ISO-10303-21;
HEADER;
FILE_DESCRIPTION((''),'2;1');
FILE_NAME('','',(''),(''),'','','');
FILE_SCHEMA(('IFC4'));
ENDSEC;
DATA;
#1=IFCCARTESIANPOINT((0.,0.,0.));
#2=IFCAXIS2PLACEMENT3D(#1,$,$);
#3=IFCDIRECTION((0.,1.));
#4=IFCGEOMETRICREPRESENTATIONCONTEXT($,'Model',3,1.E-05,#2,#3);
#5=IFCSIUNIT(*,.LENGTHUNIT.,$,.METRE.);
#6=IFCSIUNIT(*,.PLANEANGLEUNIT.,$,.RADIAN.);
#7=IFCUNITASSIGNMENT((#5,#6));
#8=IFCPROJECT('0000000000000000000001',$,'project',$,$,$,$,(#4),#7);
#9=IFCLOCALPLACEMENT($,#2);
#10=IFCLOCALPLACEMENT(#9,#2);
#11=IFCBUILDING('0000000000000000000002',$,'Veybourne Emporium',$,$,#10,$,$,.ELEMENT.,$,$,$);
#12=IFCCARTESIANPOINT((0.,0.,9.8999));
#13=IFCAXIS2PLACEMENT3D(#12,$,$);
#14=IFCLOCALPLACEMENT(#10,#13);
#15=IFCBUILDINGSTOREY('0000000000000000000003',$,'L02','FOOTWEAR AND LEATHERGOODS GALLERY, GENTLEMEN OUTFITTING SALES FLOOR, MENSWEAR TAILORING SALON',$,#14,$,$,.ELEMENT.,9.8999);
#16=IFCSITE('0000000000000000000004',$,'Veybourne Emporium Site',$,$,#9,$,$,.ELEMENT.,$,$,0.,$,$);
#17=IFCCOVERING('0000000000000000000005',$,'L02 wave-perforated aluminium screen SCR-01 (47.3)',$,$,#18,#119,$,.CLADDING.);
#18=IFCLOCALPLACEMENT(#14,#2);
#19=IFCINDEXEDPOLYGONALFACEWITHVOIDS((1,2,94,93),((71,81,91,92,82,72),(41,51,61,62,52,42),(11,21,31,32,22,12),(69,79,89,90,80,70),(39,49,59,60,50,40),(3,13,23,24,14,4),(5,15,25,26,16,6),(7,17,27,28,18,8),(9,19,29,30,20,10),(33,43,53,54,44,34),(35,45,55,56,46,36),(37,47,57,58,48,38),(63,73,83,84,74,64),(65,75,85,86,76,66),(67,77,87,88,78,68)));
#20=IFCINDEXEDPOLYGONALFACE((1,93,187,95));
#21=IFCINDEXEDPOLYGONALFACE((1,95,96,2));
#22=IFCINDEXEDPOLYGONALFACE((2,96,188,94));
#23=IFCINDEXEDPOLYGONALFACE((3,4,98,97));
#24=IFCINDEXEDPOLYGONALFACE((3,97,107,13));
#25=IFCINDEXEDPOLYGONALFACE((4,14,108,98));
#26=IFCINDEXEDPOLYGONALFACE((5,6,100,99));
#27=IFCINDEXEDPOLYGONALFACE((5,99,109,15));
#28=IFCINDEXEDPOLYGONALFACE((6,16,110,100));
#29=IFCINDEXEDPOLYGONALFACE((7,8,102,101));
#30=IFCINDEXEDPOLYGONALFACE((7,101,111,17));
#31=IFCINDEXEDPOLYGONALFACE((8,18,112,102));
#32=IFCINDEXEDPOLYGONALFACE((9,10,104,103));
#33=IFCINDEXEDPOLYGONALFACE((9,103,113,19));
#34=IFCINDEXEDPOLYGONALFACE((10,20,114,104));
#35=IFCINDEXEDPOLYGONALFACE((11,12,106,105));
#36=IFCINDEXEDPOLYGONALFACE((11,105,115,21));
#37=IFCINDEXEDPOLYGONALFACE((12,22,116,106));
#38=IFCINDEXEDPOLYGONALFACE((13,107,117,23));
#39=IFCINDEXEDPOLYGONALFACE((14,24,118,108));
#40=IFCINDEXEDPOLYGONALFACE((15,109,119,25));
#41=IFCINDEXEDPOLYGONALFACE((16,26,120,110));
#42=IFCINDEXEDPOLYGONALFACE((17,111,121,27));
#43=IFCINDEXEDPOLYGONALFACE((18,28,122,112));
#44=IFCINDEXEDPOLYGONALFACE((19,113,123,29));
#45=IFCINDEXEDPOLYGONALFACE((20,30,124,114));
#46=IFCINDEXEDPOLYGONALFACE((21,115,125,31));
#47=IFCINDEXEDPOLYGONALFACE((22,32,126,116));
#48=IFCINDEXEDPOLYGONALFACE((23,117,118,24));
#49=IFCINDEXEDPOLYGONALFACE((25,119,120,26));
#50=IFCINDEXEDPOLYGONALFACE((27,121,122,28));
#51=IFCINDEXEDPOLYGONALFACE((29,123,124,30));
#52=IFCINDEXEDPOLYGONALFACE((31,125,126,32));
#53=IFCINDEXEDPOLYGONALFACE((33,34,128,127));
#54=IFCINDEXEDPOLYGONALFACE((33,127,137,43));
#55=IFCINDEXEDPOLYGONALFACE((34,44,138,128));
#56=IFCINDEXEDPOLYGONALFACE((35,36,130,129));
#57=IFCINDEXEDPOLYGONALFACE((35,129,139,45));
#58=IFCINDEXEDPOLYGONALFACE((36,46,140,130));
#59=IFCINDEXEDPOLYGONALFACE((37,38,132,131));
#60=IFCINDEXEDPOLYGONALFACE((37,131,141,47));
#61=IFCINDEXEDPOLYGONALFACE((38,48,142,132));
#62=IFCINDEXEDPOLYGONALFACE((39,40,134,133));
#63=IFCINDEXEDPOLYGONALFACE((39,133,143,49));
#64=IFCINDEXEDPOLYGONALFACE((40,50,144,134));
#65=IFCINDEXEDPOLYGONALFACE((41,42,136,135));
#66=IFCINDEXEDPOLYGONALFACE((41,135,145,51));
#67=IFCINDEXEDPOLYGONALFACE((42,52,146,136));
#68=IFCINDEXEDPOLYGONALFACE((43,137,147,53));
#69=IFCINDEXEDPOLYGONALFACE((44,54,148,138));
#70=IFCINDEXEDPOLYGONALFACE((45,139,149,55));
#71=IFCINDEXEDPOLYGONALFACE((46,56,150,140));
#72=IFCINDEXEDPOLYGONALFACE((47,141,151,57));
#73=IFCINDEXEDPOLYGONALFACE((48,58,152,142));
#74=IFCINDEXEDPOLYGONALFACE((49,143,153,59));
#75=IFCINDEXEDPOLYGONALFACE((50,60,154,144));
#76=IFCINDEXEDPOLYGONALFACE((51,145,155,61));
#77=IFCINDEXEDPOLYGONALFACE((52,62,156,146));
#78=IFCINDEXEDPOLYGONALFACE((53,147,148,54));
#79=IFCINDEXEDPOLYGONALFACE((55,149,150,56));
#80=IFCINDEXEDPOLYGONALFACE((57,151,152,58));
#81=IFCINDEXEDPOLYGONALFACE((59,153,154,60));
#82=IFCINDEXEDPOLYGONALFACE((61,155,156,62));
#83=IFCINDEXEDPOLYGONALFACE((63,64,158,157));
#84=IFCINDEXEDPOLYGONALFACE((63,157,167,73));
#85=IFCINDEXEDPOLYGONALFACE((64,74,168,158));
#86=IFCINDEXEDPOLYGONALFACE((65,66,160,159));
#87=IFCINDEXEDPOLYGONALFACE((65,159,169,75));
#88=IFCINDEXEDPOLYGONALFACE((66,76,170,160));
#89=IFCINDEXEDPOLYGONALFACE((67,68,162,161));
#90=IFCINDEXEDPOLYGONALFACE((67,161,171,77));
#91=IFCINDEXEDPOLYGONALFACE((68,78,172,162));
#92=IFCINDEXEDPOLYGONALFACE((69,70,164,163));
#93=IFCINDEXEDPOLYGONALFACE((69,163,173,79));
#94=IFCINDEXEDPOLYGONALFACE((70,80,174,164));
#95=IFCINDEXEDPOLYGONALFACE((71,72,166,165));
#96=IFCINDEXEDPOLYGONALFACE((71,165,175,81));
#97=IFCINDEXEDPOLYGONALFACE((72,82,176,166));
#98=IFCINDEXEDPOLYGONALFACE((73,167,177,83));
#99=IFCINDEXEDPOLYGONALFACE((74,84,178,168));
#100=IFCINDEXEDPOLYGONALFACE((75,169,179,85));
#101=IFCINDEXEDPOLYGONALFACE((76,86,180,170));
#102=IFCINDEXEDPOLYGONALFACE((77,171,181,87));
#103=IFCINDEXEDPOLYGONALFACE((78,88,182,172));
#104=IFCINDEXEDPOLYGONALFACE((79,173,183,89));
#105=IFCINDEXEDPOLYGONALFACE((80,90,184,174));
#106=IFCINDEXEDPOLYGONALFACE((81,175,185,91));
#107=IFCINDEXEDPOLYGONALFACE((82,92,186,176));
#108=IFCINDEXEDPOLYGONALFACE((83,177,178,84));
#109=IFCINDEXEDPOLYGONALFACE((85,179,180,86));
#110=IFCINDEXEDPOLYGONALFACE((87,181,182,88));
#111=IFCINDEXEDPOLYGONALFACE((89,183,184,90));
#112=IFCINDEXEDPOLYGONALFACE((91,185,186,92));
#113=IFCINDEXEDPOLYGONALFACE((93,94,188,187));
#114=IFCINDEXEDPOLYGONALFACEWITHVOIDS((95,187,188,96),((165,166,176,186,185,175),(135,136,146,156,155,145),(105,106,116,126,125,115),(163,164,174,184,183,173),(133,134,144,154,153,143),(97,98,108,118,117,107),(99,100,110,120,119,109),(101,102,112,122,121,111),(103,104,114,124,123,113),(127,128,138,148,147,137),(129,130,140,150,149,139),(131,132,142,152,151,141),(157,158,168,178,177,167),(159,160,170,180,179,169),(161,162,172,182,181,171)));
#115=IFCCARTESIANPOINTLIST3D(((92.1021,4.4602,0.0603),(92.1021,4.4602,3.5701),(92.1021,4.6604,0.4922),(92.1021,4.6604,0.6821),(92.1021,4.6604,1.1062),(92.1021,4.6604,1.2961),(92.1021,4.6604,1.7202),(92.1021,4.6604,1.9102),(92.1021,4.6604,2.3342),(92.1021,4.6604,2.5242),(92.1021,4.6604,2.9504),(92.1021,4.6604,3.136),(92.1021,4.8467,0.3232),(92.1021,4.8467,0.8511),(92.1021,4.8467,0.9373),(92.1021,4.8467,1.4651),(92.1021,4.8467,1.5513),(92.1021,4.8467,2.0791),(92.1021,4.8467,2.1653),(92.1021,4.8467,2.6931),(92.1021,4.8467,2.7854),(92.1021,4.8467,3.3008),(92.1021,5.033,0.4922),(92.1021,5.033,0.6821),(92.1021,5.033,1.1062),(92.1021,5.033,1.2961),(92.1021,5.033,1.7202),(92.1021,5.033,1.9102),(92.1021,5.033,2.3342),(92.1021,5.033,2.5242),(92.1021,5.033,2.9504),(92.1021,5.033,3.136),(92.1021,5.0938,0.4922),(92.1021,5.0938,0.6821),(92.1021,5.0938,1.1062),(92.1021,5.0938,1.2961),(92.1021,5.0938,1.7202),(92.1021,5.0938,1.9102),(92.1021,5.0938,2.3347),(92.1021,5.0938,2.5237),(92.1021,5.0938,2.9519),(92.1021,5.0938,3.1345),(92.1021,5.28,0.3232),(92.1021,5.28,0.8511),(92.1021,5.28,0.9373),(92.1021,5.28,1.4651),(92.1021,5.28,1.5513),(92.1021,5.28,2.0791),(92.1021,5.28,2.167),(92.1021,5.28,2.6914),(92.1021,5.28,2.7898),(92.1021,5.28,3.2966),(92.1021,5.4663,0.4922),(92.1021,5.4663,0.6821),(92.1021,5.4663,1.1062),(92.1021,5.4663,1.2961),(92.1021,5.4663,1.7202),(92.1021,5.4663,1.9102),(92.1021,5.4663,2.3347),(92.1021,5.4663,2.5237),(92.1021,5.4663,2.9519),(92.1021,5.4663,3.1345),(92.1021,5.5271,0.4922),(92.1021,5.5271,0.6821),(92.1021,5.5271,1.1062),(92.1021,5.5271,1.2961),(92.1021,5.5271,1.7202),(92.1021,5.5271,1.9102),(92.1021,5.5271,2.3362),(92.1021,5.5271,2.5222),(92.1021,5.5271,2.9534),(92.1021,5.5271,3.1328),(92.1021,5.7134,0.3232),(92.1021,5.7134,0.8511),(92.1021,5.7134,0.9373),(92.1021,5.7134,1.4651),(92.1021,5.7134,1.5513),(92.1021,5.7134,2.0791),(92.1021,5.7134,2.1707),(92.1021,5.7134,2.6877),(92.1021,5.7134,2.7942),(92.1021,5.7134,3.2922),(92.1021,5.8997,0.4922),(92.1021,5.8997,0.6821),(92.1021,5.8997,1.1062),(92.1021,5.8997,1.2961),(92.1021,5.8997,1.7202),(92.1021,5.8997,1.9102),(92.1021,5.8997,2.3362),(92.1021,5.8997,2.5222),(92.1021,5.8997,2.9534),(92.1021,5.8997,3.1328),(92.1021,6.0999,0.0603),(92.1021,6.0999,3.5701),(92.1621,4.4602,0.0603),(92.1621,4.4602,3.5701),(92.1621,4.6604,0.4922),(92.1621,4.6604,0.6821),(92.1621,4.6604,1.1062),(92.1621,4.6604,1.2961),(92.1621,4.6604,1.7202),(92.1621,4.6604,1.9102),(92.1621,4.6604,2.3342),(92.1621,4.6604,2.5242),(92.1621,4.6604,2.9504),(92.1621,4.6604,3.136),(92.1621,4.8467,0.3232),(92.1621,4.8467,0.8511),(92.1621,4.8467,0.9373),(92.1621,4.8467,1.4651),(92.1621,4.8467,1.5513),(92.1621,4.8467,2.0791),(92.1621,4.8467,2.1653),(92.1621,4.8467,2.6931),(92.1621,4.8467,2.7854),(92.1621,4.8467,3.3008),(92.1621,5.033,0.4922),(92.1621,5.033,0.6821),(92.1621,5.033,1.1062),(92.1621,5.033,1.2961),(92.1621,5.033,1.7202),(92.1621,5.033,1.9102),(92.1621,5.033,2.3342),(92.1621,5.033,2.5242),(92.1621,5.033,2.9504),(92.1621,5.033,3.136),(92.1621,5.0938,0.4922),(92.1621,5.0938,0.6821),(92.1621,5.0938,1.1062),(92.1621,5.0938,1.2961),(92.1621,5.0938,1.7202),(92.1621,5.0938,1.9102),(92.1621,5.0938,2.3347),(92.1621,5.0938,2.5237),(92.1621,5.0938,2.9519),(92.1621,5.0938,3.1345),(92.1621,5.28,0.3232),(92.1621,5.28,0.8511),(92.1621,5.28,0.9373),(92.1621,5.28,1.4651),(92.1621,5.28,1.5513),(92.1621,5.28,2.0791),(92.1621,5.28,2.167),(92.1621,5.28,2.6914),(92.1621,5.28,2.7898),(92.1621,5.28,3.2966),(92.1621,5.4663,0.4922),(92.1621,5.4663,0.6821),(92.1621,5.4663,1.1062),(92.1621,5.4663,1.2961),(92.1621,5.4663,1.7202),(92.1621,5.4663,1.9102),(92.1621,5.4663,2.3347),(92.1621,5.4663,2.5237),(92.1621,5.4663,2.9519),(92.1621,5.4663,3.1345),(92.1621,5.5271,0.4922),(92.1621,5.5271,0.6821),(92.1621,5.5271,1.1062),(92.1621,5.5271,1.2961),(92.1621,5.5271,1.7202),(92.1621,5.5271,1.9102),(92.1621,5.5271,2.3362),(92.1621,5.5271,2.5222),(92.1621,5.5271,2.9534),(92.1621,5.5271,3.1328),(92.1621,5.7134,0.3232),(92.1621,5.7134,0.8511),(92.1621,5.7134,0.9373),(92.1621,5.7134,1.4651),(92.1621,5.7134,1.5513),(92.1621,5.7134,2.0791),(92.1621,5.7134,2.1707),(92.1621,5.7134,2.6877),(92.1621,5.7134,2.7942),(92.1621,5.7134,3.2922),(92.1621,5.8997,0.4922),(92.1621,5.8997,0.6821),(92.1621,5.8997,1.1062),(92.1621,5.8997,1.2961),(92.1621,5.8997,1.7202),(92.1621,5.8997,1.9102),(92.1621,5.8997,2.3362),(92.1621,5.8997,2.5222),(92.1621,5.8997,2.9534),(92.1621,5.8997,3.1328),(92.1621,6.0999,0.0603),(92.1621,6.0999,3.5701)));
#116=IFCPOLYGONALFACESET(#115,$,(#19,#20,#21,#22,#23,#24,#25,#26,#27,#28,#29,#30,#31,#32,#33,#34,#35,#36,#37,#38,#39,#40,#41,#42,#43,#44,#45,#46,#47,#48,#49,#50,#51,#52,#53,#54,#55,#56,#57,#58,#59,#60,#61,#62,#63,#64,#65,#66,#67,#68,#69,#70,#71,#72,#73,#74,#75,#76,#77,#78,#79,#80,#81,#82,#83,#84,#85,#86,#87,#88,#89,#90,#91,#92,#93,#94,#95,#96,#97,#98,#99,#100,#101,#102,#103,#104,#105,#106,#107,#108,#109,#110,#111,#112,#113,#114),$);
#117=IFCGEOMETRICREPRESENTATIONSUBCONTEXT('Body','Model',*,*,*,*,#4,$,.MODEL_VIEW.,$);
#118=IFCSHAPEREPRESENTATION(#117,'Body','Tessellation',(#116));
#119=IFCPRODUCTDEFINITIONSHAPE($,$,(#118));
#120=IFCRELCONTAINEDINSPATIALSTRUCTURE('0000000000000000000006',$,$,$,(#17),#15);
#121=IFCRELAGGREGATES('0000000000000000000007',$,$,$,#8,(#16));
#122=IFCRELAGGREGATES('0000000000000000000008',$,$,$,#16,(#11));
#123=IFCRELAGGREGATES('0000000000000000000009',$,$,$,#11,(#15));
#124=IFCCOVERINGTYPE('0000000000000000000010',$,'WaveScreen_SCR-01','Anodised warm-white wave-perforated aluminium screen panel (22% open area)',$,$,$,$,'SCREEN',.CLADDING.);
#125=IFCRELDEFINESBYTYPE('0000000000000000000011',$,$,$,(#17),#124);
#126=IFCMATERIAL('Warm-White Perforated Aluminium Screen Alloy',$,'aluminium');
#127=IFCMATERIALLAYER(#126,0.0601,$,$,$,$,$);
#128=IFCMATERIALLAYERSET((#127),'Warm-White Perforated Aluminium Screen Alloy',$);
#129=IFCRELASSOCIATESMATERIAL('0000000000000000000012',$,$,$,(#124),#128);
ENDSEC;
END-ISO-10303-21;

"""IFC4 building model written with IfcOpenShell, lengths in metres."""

from ifc_helpers import new_model, si_unit, direction, frame, origin, place, context, subcontext, project, spatial, polyline, outline, extrude, material, layer, layer_set, type_object, element, save


model = new_model("IFC4")

# Units and contexts
model_context = context("Model", 3, precision=1e-05, world=origin(), true_north=direction((0.0, 1.0)))
body_context = subcontext(model_context, "Body", "Model", "MODEL_VIEW")
ifc_project = project(units=[si_unit("LENGTHUNIT", "METRE"), si_unit("PLANEANGLEUNIT", "RADIAN")], contexts=[model_context])

# Site, building, storey
site_placement = place(None, origin())
site = spatial("IfcSite", under=ifc_project, at=site_placement, Name="Veybourne Emporium Site", CompositionType="ELEMENT", RefElevation=0.0)
building_placement = place(site_placement, origin())
building = spatial("IfcBuilding", under=site, at=building_placement, Name="Veybourne Emporium", CompositionType="ELEMENT")
storey_placement = place(building_placement, frame((0.0, 0.0, 9.8999)))
storey = spatial("IfcBuildingStorey", under=building, at=storey_placement, Name="L02", Description="FOOTWEAR AND LEATHERGOODS GALLERY, GENTLEMEN OUTFITTING SALES FLOOR, MENSWEAR TAILORING SALON", CompositionType="ELEMENT", Elevation=9.8999)

# Covering
ifc_material_1 = material(Name="Warm-White Perforated Aluminium Screen Alloy", Category="aluminium")
ifc_layer_1 = layer(ifc_material_1, 0.0601)
ifc_layer_set_1 = layer_set([ifc_layer_1], Name="Warm-White Perforated Aluminium Screen Alloy")
covering_type_1 = type_object("IfcCoveringType", Name="WaveScreen_SCR-01", Description="Anodised warm-white wave-perforated aluminium screen panel (22% open area)", ElementType="SCREEN", PredefinedType="CLADDING", material=ifc_layer_set_1)
covering_1_placement = place(storey_placement, frame((92.1021, 5.28, 1.8152), z_axis=(1.0, 0.0, 0.0), x_axis=(0.0, 1.0, 0.0)))
element("IfcCovering", 1, at=covering_1_placement, inside=storey, type_object=covering_type_1, Name="L02 wave-perforated aluminium screen SCR-01 (47.3)", PredefinedType="CLADDING", context=body_context, shape_type="SweptSolid", body=[
    extrude(outline(polyline([(-0.8198, -1.7549), (0.8198, -1.7549), (0.8198, 1.7549), (-0.8198, 1.7549), (-0.8198, -1.7549)]), holes=[polyline([(-0.4333, -0.9641), (-0.2471, -1.1331), (-0.2471, -1.323), (-0.4333, -1.4919), (-0.6196, -1.323), (-0.6196, -1.1331), (-0.4333, -0.9641)]), polyline([(-0.4333, -0.3501), (-0.2471, -0.519), (-0.2471, -0.709), (-0.4333, -0.8779), (-0.6196, -0.709), (-0.6196, -0.519), (-0.4333, -0.3501)]), polyline([(-0.4333, 0.2639), (-0.2471, 0.095), (-0.2471, -0.095), (-0.4333, -0.2639), (-0.6196, -0.095), (-0.6196, 0.095), (-0.4333, 0.2639)]), polyline([(-0.4333, 0.8779), (-0.2471, 0.709), (-0.2471, 0.519), (-0.4333, 0.3501), (-0.6196, 0.519), (-0.6196, 0.709), (-0.4333, 0.8779)]), polyline([(-0.4333, 1.4856), (-0.2471, 1.3208), (-0.2471, 1.1353), (-0.4333, 0.9702), (-0.6196, 1.1353), (-0.6196, 1.3208), (-0.4333, 1.4856)]), polyline([(0.0, -0.9641), (0.1863, -1.1331), (0.1863, -1.323), (0.0, -1.4919), (-0.1863, -1.323), (-0.1863, -1.1331), (0.0, -0.9641)]), polyline([(0.0, -0.3501), (0.1863, -0.519), (0.1863, -0.709), (0.0, -0.8779), (-0.1863, -0.709), (-0.1863, -0.519), (0.0, -0.3501)]), polyline([(0.0, 0.2639), (0.1863, 0.095), (0.1863, -0.095), (0.0, -0.2639), (-0.1863, -0.095), (-0.1863, 0.095), (0.0, 0.2639)]), polyline([(0.0, 0.8762), (0.1863, 0.7085), (0.1863, 0.5195), (0.0, 0.3518), (-0.1863, 0.5195), (-0.1863, 0.7085), (0.0, 0.8762)]), polyline([(0.0, 1.4814), (0.1863, 1.3193), (0.1863, 1.1367), (0.0, 0.9746), (-0.1863, 1.1367), (-0.1863, 1.3193), (0.0, 1.4814)]), polyline([(0.4333, -0.9641), (0.6196, -1.1331), (0.6196, -1.323), (0.4333, -1.4919), (0.2471, -1.323), (0.2471, -1.1331), (0.4333, -0.9641)]), polyline([(0.4333, -0.3501), (0.6196, -0.519), (0.6196, -0.709), (0.4333, -0.8779), (0.2471, -0.709), (0.2471, -0.519), (0.4333, -0.3501)]), polyline([(0.4333, 0.2639), (0.6196, 0.095), (0.6196, -0.095), (0.4333, -0.2639), (0.2471, -0.095), (0.2471, 0.095), (0.4333, 0.2639)]), polyline([(0.4333, 0.8726), (0.6196, 0.707), (0.6196, 0.521), (0.4333, 0.3555), (0.2471, 0.521), (0.2471, 0.707), (0.4333, 0.8726)]), polyline([(0.4333, 1.4771), (0.6196, 1.3176), (0.6196, 1.1382), (0.4333, 0.979), (0.2471, 1.1382), (0.2471, 1.3176), (0.4333, 1.4771)])]), origin(), (0.0, 0.0, 1.0), 0.0601),
])

save(model, "model.ifc")
